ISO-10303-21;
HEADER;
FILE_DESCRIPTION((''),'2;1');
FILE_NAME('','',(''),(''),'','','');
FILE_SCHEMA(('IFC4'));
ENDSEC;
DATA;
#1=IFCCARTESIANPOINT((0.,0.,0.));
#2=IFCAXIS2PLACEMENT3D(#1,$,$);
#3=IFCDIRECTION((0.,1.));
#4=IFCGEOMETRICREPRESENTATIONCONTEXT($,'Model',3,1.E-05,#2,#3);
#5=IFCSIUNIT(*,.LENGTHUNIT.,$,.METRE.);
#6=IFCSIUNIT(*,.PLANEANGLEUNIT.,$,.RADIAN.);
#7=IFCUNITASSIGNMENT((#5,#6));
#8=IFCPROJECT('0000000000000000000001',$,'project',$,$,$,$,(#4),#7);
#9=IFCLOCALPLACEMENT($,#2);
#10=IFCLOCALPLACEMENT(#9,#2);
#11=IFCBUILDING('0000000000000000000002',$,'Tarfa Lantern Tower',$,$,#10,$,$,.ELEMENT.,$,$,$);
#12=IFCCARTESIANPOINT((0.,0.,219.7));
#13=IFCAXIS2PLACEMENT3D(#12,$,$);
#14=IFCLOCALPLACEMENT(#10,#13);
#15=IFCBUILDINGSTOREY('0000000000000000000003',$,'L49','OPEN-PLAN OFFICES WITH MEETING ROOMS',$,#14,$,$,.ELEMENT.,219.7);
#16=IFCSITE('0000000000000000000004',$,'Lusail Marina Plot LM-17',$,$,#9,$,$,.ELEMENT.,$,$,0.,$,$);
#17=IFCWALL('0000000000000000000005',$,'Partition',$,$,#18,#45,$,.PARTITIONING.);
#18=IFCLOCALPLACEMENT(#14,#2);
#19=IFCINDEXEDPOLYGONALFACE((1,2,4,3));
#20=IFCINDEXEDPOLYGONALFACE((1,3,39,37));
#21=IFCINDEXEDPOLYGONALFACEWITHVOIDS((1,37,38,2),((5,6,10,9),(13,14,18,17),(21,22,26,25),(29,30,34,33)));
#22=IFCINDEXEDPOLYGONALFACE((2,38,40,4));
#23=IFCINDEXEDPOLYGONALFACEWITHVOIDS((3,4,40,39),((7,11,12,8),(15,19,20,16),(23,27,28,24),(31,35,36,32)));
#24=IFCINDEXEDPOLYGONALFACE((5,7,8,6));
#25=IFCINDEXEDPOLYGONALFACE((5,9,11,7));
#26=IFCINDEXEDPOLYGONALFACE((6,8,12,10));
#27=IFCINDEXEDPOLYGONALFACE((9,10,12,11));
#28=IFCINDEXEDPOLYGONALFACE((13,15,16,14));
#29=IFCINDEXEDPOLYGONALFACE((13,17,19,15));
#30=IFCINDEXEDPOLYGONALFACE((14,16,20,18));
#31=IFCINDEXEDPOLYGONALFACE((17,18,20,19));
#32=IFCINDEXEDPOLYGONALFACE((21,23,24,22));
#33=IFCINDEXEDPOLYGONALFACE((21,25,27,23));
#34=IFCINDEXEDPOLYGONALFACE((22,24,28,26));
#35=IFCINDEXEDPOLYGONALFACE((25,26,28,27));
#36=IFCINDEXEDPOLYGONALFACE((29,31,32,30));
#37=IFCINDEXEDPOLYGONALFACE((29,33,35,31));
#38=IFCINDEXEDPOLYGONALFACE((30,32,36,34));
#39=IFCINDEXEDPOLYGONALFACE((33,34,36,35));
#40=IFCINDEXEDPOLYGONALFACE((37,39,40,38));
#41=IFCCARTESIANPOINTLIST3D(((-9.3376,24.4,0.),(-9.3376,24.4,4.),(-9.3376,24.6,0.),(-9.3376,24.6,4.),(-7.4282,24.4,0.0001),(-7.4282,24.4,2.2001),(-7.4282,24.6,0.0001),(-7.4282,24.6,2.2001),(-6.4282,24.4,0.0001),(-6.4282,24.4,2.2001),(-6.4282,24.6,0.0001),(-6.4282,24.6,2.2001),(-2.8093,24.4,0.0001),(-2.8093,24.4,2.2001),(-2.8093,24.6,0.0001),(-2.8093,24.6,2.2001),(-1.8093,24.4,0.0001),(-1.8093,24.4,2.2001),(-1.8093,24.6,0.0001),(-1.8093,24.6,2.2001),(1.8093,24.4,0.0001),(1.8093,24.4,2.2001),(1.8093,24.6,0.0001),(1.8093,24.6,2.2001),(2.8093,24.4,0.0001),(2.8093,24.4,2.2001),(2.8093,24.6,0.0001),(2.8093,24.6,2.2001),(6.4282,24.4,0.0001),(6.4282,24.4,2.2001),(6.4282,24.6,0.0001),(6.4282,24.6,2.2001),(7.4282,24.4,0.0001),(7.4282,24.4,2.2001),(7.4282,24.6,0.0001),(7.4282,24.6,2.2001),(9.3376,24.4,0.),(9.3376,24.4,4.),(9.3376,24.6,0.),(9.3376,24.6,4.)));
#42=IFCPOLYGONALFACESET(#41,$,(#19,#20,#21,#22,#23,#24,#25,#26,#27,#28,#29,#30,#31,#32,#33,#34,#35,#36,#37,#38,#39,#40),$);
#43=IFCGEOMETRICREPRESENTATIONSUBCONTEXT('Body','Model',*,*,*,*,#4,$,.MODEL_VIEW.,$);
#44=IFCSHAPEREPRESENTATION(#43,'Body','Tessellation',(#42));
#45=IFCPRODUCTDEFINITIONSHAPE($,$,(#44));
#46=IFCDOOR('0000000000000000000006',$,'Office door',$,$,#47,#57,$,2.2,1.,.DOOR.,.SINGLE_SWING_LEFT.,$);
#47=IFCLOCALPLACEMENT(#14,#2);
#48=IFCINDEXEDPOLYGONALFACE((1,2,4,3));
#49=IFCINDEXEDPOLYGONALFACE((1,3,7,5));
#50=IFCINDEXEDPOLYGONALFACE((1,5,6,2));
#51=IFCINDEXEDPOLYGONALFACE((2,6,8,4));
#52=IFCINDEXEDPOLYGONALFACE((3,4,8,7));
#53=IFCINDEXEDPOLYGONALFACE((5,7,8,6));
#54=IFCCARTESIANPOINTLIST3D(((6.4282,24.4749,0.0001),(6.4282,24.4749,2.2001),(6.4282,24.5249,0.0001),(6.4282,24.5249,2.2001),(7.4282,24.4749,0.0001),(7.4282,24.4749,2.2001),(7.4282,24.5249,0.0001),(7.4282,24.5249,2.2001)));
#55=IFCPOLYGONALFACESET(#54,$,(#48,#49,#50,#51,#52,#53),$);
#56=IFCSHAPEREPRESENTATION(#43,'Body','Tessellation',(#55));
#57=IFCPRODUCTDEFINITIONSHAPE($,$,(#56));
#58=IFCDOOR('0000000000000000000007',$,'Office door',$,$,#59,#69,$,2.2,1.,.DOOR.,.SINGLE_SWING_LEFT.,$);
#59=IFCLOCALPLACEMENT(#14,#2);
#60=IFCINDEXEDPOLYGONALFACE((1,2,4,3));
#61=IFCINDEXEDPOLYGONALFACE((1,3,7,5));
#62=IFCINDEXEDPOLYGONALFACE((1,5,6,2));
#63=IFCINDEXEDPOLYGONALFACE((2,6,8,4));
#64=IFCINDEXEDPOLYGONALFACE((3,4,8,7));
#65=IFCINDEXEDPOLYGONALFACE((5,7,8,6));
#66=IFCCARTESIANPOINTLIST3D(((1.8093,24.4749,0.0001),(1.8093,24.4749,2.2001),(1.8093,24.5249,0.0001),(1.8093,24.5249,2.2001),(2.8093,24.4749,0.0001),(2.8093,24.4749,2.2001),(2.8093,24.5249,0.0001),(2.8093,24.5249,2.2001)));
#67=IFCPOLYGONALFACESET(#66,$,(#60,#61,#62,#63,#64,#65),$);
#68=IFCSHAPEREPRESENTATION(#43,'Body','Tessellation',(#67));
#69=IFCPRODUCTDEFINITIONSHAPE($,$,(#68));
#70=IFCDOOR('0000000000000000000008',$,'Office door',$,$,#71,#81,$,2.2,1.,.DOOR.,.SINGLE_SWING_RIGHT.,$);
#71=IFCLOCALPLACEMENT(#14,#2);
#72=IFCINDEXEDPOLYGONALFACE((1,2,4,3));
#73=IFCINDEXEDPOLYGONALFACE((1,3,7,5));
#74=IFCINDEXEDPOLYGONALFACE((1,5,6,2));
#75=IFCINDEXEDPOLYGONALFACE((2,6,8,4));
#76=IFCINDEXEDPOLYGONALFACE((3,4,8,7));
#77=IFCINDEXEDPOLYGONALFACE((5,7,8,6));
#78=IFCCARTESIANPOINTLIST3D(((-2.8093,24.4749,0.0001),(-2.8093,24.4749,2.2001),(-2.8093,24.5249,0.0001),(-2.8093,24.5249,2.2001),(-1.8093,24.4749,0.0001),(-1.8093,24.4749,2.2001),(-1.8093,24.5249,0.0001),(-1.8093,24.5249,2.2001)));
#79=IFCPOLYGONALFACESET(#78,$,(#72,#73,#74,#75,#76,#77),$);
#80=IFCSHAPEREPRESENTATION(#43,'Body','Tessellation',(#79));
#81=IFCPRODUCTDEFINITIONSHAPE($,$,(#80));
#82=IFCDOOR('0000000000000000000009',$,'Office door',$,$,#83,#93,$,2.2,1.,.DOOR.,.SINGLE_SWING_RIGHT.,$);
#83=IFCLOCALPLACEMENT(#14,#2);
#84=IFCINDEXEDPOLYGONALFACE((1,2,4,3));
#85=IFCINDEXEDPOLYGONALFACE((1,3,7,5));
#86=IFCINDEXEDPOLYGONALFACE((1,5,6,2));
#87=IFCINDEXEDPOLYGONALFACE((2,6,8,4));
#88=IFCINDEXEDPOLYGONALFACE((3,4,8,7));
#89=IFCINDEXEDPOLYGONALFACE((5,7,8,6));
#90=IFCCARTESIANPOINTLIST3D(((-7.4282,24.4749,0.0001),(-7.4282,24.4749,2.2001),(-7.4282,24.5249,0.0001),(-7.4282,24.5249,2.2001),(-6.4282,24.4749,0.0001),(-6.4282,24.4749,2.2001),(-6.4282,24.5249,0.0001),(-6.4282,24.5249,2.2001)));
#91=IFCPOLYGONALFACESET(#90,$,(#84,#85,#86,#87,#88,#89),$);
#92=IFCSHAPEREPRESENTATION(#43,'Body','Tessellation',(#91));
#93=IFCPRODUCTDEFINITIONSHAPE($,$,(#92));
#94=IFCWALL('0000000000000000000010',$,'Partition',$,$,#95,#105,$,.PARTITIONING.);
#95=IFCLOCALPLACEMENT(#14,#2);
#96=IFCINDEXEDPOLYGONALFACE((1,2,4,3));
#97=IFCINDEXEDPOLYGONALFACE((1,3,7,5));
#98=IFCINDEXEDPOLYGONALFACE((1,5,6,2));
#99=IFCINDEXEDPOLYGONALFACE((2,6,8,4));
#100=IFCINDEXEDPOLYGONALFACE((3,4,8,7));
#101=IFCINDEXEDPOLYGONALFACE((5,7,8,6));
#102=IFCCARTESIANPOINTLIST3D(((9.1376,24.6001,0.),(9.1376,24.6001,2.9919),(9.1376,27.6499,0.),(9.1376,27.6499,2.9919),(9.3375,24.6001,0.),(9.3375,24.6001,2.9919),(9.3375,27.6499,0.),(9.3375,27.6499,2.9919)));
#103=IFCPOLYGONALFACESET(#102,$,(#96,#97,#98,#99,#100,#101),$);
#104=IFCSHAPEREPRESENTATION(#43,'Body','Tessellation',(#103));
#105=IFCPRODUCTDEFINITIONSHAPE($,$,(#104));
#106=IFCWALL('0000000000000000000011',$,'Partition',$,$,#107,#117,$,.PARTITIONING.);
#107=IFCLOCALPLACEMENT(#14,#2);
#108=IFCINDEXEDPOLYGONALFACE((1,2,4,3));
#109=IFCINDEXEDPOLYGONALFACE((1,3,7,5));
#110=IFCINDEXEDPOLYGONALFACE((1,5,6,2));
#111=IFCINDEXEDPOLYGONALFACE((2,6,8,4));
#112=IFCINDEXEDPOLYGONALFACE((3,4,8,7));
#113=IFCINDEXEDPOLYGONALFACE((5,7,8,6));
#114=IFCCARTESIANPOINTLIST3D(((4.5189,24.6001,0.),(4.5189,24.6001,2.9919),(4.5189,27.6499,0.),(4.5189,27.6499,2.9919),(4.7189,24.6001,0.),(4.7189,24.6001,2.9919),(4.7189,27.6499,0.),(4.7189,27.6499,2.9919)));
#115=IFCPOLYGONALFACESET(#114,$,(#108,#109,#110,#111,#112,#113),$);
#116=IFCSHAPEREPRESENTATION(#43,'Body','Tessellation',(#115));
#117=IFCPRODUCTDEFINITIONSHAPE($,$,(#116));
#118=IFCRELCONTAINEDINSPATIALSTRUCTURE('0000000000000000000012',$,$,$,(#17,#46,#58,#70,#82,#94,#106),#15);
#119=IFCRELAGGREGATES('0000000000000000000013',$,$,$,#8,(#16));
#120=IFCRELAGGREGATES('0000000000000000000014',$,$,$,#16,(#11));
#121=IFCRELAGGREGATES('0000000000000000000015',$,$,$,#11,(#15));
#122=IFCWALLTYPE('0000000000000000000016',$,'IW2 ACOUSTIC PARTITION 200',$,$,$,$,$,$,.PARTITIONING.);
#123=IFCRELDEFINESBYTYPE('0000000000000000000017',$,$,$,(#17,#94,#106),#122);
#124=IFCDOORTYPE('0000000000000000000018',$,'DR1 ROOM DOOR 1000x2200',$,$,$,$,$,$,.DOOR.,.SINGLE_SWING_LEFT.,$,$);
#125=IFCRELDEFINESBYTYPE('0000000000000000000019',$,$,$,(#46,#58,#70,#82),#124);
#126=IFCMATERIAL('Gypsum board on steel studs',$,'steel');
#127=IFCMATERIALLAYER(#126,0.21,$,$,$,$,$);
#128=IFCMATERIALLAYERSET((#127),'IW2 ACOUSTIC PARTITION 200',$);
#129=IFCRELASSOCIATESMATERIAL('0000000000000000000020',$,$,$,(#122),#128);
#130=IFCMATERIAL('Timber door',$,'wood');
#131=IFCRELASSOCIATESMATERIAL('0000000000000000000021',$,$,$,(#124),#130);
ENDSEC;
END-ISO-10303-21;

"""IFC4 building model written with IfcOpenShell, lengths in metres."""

from ifc_helpers import new_model, si_unit, direction, frame, frame_2d, origin, place, context, subcontext, project, spatial, rectangle, extrude, material, layer, layer_set, type_object, element, fill, save


model = new_model("IFC4")

# Units and contexts
model_context = context("Model", 3, precision=1e-05, world=origin(), true_north=direction((0.0, 1.0)))
body_context = subcontext(model_context, "Body", "Model", "MODEL_VIEW")
ifc_project = project(units=[si_unit("LENGTHUNIT", "METRE"), si_unit("PLANEANGLEUNIT", "RADIAN")], contexts=[model_context])

# Site, building, storey
site_placement = place(None, origin())
site = spatial("IfcSite", under=ifc_project, at=site_placement, Name="Lusail Marina Plot LM-17", CompositionType="ELEMENT", RefElevation=0.0)
building_placement = place(site_placement, origin())
building = spatial("IfcBuilding", under=site, at=building_placement, Name="Tarfa Lantern Tower", CompositionType="ELEMENT")
storey_placement = place(building_placement, frame((0.0, 0.0, 219.7)))
storey = spatial("IfcBuildingStorey", under=building, at=storey_placement, Name="L49", Description="OPEN-PLAN OFFICES WITH MEETING ROOMS", CompositionType="ELEMENT", Elevation=219.7)

# Shared definitions
ifc_material_1 = material(Name="Gypsum board on steel studs", Category="steel")
ifc_layer_1 = layer(ifc_material_1, 0.21)
ifc_layer_set_1 = layer_set([ifc_layer_1], Name="IW2 ACOUSTIC PARTITION 200")
wall_type = type_object("IfcWallType", Name="IW2 ACOUSTIC PARTITION 200", PredefinedType="PARTITIONING", material=ifc_layer_set_1)

# Wall, openings, doors
wall_1_placement = place(storey_placement, frame((9.3376, 24.5, 0.0), z_axis=(0.0, 0.0, 1.0), x_axis=(-1.0, 0.0, 0.0)))
wall_1 = element("IfcWall", 1, at=wall_1_placement, inside=storey, type_object=wall_type, Name="Partition", PredefinedType="PARTITIONING", context=body_context, shape_type="SweptSolid", body=[
    extrude(rectangle(XDim=18.6753, YDim=0.2, at=frame_2d((9.3376, 0.0))), origin(), (0.0, 0.0, 1.0), 4.0),
])
opening_1_placement = place(wall_1_placement, frame((1.9094, 0.0, 0.0)))
opening_1 = element("IfcOpeningElement", 2, at=opening_1_placement, cuts=wall_1, PredefinedType="OPENING", context=body_context, shape_type="SweptSolid", body=[
    extrude(rectangle(XDim=1.0, YDim=2.2, at=frame_2d((0.5, 1.1001))), frame((0.0, 0.1099, 0.0), z_axis=(0.0, -1.0, 0.0), x_axis=(1.0, 0.0, 0.0)), (0.0, 0.0, 1.0), 0.22),
])
opening_2_placement = place(wall_1_placement, frame((6.5283, 0.0, 0.0)))
opening_2 = element("IfcOpeningElement", 3, at=opening_2_placement, cuts=wall_1, PredefinedType="OPENING", context=body_context, shape_type="SweptSolid", body=[
    extrude(rectangle(XDim=1.0, YDim=2.2, at=frame_2d((0.5, 1.1001))), frame((0.0, 0.1099, 0.0), z_axis=(0.0, -1.0, 0.0), x_axis=(1.0, 0.0, 0.0)), (0.0, 0.0, 1.0), 0.22),
])
opening_3_placement = place(wall_1_placement, frame((11.147, 0.0, 0.0)))
opening_3 = element("IfcOpeningElement", 4, at=opening_3_placement, cuts=wall_1, PredefinedType="OPENING", context=body_context, shape_type="SweptSolid", body=[
    extrude(rectangle(XDim=1.0, YDim=2.2, at=frame_2d((0.5, 1.1001))), frame((0.0, 0.1099, 0.0), z_axis=(0.0, -1.0, 0.0), x_axis=(1.0, 0.0, 0.0)), (0.0, 0.0, 1.0), 0.22),
])
opening_4_placement = place(wall_1_placement, frame((15.7659, 0.0, 0.0)))
opening_4 = element("IfcOpeningElement", 5, at=opening_4_placement, cuts=wall_1, PredefinedType="OPENING", context=body_context, shape_type="SweptSolid", body=[
    extrude(rectangle(XDim=1.0, YDim=2.2, at=frame_2d((0.5, 1.1001))), frame((0.0, 0.1099, 0.0), z_axis=(0.0, -1.0, 0.0), x_axis=(1.0, 0.0, 0.0)), (0.0, 0.0, 1.0), 0.22),
])
ifc_material_2 = material(Name="Timber door", Category="wood")
door_type = type_object("IfcDoorType", Name="DR1 ROOM DOOR 1000x2200", OperationType="SINGLE_SWING_LEFT", PredefinedType="DOOR", material=ifc_material_2)
door_1_placement = place(opening_1_placement, frame((1.0, 0.0, 0.0), z_axis=(0.0, 0.0, 1.0), x_axis=(-1.0, 0.0, 0.0)))
door_1 = element("IfcDoor", 6, at=door_1_placement, inside=storey, type_object=door_type, Name="Office door", OperationType="SINGLE_SWING_LEFT", OverallHeight=2.2, OverallWidth=1.0, PredefinedType="DOOR", context=body_context, shape_type="SweptSolid", body=[
    extrude(rectangle(XDim=1.0, YDim=2.2, at=frame_2d((0.5, 1.1001))), frame((0.0, 0.0249, 0.0), z_axis=(0.0, -1.0, 0.0), x_axis=(1.0, 0.0, 0.0)), (0.0, 0.0, 1.0), 0.05),
])
fill(opening_1, door_1)
door_2_placement = place(opening_2_placement, frame((1.0, 0.0, 0.0), z_axis=(0.0, 0.0, 1.0), x_axis=(-1.0, 0.0, 0.0)))
door_2 = element("IfcDoor", 7, at=door_2_placement, inside=storey, type_object=door_type, Name="Office door", OperationType="SINGLE_SWING_LEFT", OverallHeight=2.2, OverallWidth=1.0, PredefinedType="DOOR", context=body_context, shape_type="SweptSolid", body=[
    extrude(rectangle(XDim=1.0, YDim=2.2, at=frame_2d((0.5, 1.1001))), frame((0.0, 0.0249, 0.0), z_axis=(0.0, -1.0, 0.0), x_axis=(1.0, 0.0, 0.0)), (0.0, 0.0, 1.0), 0.05),
])
fill(opening_2, door_2)
door_3_placement = place(opening_3_placement, frame((1.0, 0.0, 0.0), z_axis=(0.0, 0.0, 1.0), x_axis=(-1.0, 0.0, 0.0)))
door_3 = element("IfcDoor", 8, at=door_3_placement, inside=storey, type_object=door_type, Name="Office door", OperationType="SINGLE_SWING_RIGHT", OverallHeight=2.2, OverallWidth=1.0, PredefinedType="DOOR", context=body_context, shape_type="SweptSolid", body=[
    extrude(rectangle(XDim=1.0, YDim=2.2, at=frame_2d((0.5, 1.1001))), frame((0.0, 0.0249, 0.0), z_axis=(0.0, -1.0, 0.0), x_axis=(1.0, 0.0, 0.0)), (0.0, 0.0, 1.0), 0.05),
])
fill(opening_3, door_3)
door_4_placement = place(opening_4_placement, frame((1.0, 0.0, 0.0), z_axis=(0.0, 0.0, 1.0), x_axis=(-1.0, 0.0, 0.0)))
door_4 = element("IfcDoor", 9, at=door_4_placement, inside=storey, type_object=door_type, Name="Office door", OperationType="SINGLE_SWING_RIGHT", OverallHeight=2.2, OverallWidth=1.0, PredefinedType="DOOR", context=body_context, shape_type="SweptSolid", body=[
    extrude(rectangle(XDim=1.0, YDim=2.2, at=frame_2d((0.5, 1.1001))), frame((0.0, 0.0249, 0.0), z_axis=(0.0, -1.0, 0.0), x_axis=(1.0, 0.0, 0.0)), (0.0, 0.0, 1.0), 0.05),
])
fill(opening_4, door_4)

# Walls
for number, where, z_axis, x_axis, name in (
    (10, (9.2375, 24.6001, 0.0), (0.0, 0.0, 1.0), (0.0, 1.0, 0.0), "Partition"),
    (11, (4.6189, 24.6001, 0.0), (0.0, 0.0, 1.0), (0.0, 1.0, 0.0), "Partition"),
):
    element("IfcWall", number, at=place(storey_placement, frame(where, z_axis=z_axis, x_axis=x_axis)), inside=storey, type_object=wall_type, Name=name, PredefinedType="PARTITIONING", context=body_context, shape_type="SweptSolid", body=[
        extrude(rectangle(XDim=3.0498, YDim=0.2, at=frame_2d((1.5249, 0.0))), origin(), (0.0, 0.0, 1.0), 2.9919),
    ])

save(model, "model.ifc")
